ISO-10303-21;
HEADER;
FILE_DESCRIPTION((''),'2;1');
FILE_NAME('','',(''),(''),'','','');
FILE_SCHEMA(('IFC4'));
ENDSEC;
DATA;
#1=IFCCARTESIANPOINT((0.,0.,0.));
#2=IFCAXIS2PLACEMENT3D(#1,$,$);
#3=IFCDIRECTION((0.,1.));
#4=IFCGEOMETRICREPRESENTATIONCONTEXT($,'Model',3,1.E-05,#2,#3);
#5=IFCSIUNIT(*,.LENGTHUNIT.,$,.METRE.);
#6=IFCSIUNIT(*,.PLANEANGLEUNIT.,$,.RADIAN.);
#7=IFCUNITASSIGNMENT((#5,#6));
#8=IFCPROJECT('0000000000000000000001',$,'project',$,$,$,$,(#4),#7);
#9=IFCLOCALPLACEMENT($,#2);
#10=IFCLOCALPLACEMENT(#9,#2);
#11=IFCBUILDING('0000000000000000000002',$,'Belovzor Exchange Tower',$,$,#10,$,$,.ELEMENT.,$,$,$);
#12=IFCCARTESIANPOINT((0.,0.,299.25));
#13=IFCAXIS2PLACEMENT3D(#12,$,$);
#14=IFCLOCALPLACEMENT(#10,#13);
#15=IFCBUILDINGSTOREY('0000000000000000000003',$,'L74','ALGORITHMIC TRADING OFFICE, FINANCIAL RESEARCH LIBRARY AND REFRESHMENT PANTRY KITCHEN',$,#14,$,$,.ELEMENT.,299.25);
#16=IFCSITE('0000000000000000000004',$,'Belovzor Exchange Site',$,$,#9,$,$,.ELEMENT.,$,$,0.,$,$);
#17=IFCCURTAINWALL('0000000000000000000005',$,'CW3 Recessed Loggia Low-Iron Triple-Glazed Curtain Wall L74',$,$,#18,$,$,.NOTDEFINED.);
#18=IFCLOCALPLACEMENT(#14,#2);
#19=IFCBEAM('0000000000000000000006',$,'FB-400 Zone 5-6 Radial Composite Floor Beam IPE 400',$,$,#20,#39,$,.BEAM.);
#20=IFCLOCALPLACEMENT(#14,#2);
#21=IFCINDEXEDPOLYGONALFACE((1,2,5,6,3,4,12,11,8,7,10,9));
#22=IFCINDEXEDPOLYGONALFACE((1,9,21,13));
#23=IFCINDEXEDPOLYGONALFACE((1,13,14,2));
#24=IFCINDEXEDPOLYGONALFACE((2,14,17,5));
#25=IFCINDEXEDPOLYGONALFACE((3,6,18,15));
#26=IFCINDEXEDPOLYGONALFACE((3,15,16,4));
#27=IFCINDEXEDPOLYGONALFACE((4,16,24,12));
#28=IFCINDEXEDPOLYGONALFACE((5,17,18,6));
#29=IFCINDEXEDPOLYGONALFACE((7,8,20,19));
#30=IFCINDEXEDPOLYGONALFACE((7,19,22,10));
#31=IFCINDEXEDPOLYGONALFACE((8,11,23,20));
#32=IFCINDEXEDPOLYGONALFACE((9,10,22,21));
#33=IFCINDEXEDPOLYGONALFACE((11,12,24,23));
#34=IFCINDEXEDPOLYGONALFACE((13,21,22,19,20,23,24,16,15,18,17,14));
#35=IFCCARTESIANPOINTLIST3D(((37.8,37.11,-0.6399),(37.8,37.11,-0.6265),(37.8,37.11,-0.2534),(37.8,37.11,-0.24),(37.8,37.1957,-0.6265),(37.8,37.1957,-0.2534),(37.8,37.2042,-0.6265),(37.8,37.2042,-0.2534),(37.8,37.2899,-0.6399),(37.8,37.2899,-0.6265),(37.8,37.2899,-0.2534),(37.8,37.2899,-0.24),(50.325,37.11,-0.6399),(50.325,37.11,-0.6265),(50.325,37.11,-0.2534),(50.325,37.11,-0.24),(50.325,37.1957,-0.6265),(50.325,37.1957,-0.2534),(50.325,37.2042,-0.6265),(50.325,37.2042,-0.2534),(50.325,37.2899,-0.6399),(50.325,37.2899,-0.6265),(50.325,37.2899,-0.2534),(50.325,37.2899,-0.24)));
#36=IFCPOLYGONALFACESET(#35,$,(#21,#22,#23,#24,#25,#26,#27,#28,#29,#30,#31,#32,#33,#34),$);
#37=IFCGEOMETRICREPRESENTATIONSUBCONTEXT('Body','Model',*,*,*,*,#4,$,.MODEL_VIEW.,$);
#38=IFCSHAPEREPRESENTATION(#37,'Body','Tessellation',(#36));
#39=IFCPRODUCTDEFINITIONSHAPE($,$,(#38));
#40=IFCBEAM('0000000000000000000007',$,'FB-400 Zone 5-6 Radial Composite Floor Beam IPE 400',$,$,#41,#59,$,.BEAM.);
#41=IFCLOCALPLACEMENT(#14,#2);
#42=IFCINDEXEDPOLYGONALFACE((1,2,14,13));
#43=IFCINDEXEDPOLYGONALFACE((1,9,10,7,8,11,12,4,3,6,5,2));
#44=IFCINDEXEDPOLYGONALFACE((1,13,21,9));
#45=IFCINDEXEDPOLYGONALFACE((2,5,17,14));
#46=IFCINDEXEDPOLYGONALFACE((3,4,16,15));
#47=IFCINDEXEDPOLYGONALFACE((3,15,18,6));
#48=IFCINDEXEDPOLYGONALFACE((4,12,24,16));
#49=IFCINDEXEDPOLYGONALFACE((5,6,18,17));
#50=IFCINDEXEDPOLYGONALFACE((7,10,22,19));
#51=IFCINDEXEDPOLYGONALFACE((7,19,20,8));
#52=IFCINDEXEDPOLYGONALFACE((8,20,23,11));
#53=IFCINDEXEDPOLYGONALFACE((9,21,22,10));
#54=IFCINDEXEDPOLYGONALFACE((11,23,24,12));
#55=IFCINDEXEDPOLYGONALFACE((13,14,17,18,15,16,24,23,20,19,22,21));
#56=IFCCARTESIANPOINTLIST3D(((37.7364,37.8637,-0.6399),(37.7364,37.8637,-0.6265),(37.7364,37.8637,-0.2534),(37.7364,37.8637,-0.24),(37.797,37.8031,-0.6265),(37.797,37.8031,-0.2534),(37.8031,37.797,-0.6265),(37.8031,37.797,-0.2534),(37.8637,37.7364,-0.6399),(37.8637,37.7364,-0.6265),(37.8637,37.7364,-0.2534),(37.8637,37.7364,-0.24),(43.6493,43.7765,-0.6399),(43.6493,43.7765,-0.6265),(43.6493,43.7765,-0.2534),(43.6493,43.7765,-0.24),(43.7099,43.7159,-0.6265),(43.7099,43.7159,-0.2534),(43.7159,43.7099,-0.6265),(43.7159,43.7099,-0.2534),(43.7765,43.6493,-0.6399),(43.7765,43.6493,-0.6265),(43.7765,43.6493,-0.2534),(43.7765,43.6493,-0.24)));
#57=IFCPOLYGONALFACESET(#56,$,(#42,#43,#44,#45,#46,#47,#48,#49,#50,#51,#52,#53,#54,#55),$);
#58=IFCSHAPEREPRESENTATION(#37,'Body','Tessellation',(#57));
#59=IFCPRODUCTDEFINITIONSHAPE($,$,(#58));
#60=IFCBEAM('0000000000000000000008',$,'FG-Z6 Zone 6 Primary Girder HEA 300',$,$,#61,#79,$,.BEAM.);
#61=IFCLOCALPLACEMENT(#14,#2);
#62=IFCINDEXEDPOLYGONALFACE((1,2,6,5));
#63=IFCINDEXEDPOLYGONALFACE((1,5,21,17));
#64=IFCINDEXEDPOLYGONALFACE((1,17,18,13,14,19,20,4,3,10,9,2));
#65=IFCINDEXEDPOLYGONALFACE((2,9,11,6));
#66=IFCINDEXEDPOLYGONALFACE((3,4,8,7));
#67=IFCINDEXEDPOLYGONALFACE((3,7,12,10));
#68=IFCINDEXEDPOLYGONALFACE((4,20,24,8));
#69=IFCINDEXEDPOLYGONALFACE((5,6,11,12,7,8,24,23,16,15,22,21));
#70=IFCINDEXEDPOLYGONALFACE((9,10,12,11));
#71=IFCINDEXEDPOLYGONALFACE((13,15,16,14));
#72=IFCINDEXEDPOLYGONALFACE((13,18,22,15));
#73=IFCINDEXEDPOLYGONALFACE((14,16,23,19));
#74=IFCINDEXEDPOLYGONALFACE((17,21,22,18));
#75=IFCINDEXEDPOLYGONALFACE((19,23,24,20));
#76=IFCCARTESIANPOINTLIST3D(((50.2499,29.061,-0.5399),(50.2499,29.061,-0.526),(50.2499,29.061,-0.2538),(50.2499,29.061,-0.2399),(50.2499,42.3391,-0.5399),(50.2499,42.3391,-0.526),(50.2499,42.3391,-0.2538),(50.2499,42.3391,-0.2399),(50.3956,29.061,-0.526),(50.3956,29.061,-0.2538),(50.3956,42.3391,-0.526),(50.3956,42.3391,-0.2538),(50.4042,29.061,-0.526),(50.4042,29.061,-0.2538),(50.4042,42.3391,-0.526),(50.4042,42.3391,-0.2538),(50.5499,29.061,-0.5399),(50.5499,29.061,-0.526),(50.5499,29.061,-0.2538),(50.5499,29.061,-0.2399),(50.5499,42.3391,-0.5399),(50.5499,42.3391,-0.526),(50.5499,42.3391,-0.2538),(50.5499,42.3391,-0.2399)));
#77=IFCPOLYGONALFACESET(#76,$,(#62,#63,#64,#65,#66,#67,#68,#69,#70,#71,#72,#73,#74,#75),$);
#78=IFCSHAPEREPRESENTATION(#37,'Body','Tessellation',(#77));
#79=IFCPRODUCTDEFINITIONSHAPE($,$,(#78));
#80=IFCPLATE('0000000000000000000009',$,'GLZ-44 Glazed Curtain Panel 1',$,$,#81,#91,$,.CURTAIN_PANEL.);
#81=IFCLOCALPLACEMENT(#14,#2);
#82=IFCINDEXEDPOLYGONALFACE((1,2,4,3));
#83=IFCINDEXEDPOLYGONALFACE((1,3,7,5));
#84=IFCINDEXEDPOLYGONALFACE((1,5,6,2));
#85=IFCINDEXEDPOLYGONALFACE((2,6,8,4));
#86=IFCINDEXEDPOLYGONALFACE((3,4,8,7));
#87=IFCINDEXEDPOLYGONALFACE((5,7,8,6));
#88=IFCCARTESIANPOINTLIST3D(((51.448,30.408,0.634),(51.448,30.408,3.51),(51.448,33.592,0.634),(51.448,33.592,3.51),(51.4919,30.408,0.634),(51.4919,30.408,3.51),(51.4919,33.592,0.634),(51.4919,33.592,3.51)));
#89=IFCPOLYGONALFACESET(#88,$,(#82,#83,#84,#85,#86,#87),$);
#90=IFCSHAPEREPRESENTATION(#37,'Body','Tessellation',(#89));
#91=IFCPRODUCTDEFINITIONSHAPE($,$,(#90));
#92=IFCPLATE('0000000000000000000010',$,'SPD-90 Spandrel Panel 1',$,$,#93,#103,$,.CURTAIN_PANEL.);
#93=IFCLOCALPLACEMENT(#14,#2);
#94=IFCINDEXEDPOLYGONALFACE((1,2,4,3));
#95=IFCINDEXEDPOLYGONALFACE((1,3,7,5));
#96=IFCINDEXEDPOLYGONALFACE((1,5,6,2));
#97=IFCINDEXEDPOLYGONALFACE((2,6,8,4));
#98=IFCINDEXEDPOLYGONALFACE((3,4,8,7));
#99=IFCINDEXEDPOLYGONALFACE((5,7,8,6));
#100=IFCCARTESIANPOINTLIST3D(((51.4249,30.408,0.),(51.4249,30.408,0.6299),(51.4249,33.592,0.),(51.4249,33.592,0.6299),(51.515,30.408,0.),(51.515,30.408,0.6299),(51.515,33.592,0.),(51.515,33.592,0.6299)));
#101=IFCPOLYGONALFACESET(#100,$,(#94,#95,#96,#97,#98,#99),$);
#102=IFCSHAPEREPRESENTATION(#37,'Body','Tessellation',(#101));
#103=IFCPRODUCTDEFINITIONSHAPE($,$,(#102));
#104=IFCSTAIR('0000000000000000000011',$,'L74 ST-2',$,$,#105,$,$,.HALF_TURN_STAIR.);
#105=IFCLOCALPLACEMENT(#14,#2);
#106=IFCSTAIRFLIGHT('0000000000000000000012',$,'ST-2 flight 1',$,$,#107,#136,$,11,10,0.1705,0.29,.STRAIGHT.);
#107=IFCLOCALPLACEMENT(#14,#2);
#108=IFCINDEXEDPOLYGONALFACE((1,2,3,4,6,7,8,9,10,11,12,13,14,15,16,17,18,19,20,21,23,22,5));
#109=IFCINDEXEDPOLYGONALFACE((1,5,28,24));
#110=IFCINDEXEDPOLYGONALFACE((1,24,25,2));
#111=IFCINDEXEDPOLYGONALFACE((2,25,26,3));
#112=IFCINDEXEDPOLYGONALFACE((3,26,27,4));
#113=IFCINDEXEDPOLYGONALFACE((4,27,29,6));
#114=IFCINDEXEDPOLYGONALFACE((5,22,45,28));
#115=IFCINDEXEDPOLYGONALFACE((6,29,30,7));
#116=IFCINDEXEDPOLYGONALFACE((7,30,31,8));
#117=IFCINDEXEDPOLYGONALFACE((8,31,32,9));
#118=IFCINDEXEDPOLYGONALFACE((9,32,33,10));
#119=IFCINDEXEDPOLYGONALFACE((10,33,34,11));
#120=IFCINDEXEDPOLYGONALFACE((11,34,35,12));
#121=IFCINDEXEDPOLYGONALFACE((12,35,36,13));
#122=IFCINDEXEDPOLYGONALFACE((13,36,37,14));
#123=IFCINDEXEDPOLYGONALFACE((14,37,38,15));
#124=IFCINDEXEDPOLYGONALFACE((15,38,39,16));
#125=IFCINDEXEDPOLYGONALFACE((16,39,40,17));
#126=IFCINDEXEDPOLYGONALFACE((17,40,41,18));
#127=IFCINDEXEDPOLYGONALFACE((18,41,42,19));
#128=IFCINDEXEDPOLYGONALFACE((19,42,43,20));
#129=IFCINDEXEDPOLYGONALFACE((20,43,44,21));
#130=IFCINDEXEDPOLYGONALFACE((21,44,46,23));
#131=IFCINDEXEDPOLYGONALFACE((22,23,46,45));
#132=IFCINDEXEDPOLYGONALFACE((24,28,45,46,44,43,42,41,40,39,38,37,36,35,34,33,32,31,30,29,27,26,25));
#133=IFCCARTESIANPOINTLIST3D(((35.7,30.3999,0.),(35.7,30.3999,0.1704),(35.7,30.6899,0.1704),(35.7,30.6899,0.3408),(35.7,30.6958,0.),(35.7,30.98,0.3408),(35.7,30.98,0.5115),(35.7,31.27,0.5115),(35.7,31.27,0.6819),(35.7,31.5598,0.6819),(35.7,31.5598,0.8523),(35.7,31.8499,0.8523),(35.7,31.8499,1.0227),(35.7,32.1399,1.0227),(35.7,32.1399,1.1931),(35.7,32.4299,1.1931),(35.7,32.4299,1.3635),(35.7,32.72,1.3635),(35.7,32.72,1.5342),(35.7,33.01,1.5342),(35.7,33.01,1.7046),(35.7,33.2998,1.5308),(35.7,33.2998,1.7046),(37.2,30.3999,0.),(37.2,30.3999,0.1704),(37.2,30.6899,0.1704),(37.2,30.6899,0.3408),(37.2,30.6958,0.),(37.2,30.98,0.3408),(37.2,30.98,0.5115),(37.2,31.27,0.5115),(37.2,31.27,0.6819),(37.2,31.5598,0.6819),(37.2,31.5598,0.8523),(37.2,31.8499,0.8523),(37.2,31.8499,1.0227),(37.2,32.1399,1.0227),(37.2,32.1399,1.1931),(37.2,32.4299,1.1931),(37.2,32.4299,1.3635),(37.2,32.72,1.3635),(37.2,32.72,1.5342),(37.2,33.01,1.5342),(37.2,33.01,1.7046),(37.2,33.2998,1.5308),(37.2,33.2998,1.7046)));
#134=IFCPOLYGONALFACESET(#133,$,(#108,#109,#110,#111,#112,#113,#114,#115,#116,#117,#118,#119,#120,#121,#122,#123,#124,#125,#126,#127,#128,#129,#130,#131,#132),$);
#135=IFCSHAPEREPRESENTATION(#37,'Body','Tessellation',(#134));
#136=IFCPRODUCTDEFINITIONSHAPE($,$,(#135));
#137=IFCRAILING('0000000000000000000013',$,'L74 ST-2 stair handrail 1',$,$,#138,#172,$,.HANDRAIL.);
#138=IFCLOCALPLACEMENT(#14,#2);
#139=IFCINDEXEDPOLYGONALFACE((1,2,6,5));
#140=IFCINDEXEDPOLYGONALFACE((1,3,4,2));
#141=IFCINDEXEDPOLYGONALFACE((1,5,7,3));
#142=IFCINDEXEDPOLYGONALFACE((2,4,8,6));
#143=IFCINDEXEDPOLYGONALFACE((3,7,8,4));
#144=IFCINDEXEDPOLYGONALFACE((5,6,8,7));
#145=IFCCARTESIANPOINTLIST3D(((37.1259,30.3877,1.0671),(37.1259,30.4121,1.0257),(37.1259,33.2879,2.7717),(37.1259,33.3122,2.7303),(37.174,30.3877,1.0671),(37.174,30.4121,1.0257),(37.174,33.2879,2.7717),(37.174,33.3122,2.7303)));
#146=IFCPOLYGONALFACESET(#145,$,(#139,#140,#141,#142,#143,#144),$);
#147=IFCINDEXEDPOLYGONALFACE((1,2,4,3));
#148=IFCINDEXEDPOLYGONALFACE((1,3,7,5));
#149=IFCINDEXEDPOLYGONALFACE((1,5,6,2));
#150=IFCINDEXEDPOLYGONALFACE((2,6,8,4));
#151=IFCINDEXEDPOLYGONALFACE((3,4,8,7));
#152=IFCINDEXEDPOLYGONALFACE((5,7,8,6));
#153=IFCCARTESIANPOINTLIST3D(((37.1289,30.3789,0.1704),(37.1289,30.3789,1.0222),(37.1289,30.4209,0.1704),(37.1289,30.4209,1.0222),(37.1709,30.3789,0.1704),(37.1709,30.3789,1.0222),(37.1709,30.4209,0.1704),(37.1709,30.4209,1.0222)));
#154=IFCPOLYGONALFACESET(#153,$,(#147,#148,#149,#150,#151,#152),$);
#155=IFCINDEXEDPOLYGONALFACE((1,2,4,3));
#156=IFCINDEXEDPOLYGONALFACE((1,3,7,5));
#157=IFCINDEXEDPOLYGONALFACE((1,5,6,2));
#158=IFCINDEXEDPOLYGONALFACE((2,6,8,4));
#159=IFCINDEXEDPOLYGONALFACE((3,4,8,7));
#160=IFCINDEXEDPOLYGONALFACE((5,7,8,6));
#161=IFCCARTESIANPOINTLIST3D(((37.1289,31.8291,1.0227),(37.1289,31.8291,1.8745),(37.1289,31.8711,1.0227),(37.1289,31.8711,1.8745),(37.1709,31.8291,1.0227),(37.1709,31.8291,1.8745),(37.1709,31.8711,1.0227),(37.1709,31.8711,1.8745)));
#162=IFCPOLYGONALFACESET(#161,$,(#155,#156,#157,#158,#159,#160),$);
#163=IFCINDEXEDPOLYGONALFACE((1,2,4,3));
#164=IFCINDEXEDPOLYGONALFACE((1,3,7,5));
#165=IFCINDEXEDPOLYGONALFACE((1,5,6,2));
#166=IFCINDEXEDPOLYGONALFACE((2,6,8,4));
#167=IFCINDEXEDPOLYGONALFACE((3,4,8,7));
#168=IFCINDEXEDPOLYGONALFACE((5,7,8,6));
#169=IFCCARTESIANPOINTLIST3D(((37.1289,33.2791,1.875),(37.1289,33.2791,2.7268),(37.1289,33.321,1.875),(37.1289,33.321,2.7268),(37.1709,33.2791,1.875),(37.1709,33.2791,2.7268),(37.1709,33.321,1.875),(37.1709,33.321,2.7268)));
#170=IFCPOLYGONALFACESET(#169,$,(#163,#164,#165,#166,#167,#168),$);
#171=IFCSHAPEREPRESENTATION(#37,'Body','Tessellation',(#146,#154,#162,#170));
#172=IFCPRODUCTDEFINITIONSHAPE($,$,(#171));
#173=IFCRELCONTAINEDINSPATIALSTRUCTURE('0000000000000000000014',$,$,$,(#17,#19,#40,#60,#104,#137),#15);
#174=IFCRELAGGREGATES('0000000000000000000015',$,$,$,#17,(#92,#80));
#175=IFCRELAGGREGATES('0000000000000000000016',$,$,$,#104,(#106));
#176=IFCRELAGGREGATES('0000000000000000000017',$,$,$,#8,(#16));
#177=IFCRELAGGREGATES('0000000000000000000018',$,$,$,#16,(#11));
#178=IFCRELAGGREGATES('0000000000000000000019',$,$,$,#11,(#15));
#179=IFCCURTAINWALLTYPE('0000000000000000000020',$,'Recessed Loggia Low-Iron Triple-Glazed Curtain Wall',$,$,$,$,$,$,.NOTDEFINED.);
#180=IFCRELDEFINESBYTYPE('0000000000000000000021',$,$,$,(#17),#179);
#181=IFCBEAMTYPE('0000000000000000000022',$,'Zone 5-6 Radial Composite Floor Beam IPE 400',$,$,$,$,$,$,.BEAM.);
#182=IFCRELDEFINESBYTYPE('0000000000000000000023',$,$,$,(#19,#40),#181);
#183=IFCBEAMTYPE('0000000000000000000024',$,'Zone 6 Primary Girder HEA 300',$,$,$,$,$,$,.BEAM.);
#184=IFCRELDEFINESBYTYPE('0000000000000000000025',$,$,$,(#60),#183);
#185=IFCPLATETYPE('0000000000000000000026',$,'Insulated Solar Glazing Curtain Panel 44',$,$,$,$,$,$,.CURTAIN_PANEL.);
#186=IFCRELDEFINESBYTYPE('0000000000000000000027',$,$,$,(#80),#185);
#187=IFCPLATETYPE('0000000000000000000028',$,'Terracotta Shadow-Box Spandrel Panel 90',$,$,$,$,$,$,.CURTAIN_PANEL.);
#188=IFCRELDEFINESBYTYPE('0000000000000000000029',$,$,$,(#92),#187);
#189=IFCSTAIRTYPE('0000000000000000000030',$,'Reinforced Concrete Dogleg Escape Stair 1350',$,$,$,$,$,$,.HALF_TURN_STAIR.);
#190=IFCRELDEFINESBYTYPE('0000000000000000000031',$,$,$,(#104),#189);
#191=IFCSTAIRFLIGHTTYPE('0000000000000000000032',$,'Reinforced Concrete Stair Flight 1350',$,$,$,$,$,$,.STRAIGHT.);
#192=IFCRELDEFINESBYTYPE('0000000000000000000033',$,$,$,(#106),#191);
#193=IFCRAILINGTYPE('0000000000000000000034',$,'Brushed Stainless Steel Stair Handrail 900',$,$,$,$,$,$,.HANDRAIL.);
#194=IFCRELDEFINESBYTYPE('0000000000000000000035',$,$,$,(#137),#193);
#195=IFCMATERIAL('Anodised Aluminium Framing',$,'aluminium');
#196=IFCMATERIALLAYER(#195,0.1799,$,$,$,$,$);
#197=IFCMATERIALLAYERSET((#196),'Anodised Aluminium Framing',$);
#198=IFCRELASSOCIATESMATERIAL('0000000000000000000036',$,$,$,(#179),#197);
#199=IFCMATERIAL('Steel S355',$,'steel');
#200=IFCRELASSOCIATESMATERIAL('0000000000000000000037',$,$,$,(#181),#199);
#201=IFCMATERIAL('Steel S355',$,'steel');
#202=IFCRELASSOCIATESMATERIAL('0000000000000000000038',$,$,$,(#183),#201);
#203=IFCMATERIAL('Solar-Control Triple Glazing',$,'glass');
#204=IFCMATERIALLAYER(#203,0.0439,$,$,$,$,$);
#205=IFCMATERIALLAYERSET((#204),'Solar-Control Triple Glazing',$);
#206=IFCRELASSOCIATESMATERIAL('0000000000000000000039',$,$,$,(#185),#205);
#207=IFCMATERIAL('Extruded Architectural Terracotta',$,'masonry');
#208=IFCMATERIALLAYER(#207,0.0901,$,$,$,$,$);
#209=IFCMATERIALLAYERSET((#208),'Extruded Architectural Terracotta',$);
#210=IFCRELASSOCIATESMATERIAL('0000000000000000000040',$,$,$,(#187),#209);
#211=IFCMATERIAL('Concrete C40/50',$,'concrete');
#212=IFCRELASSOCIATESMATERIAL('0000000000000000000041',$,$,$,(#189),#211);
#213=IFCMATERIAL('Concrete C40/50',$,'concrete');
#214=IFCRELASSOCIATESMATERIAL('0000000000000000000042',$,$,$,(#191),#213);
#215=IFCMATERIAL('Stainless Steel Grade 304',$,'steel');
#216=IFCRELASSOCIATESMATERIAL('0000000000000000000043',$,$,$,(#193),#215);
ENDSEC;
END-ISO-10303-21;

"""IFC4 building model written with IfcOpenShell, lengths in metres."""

from ifc_helpers import new_model, si_unit, direction, frame, origin, origin_2d, place, context, subcontext, project, spatial, polyline, rectangle, i_section, outline, extrude, material, layer, layer_set, material_profile, profile_set, type_object, element, aggregate, save


model = new_model("IFC4")

# Units and contexts
model_context = context("Model", 3, precision=1e-05, world=origin(), true_north=direction((0.0, 1.0)))
body_context = subcontext(model_context, "Body", "Model", "MODEL_VIEW")
ifc_project = project(units=[si_unit("LENGTHUNIT", "METRE"), si_unit("PLANEANGLEUNIT", "RADIAN")], contexts=[model_context])

# Site, building, storey
site_placement = place(None, origin())
site = spatial("IfcSite", under=ifc_project, at=site_placement, Name="Belovzor Exchange Site", CompositionType="ELEMENT", RefElevation=0.0)
building_placement = place(site_placement, origin())
building = spatial("IfcBuilding", under=site, at=building_placement, Name="Belovzor Exchange Tower", CompositionType="ELEMENT")
storey_placement = place(building_placement, frame((0.0, 0.0, 299.25)))
storey = spatial("IfcBuildingStorey", under=building, at=storey_placement, Name="L74", Description="ALGORITHMIC TRADING OFFICE, FINANCIAL RESEARCH LIBRARY AND REFRESHMENT PANTRY KITCHEN", CompositionType="ELEMENT", Elevation=299.25)

# Curtain wall
ifc_material_1 = material(Name="Anodised Aluminium Framing", Category="aluminium")
ifc_layer_1 = layer(ifc_material_1, 0.1799)
ifc_layer_set_1 = layer_set([ifc_layer_1], Name="Anodised Aluminium Framing")
curtain_wall_type = type_object("IfcCurtainWallType", Name="Recessed Loggia Low-Iron Triple-Glazed Curtain Wall", PredefinedType="NOTDEFINED", material=ifc_layer_set_1)
curtain_wall_placement = place(storey_placement, origin())
curtain_wall = element("IfcCurtainWall", 1, at=curtain_wall_placement, inside=storey, type_object=curtain_wall_type, Name="CW3 Recessed Loggia Low-Iron Triple-Glazed Curtain Wall L74", PredefinedType="NOTDEFINED")

# Beams
ifc_material_2 = material(Name="Steel S355", Category="steel")
ifc_material_profile_1 = material_profile(ifc_material_2, i_section(OverallWidth=0.1799, OverallDepth=0.3999, WebThickness=0.0085, FlangeThickness=0.0134, at=origin_2d()))
ifc_profile_set_1 = profile_set([ifc_material_profile_1], Name="Steel S355")
beam_type_1 = type_object("IfcBeamType", Name="Zone 5-6 Radial Composite Floor Beam IPE 400", PredefinedType="BEAM", material=ifc_profile_set_1)
for number, where, z_axis, x_axis, name in (
    (2, (37.8, 37.2, -0.4399), (1.0, 0.0, 0.0), (0.0, 1.0, 0.0), "FB-400 Zone 5-6 Radial Composite Floor Beam IPE 400"),
):
    element("IfcBeam", number, at=place(storey_placement, frame(where, z_axis=z_axis, x_axis=x_axis)), inside=storey, type_object=beam_type_1, Name=name, PredefinedType="BEAM", context=body_context, shape_type="SweptSolid", body=[
        extrude(i_section(OverallWidth=0.1799, OverallDepth=0.3999, WebThickness=0.0085, FlangeThickness=0.0134, at=origin_2d()), origin(), (0.0, 0.0, 1.0), 12.5249),
    ])
beam_1_placement = place(storey_placement, frame((37.8, 37.8, -0.4399), z_axis=(0.707107, 0.707107, 0.0), x_axis=(-0.707107, 0.707107, 0.0)))
element("IfcBeam", 3, at=beam_1_placement, inside=storey, type_object=beam_type_1, Name="FB-400 Zone 5-6 Radial Composite Floor Beam IPE 400", PredefinedType="BEAM", context=body_context, shape_type="SweptSolid", body=[
    extrude(i_section(OverallWidth=0.1799, OverallDepth=0.3999, WebThickness=0.0085, FlangeThickness=0.0134, at=origin_2d()), origin(), (0.0, 0.0, 1.0), 8.3621),
])
ifc_material_3 = material(Name="Steel S355", Category="steel")
ifc_material_profile_2 = material_profile(ifc_material_3, i_section(OverallWidth=0.3, OverallDepth=0.3, WebThickness=0.0085, FlangeThickness=0.0139, at=origin_2d()))
ifc_profile_set_2 = profile_set([ifc_material_profile_2], Name="Steel S355")
beam_type_2 = type_object("IfcBeamType", Name="Zone 6 Primary Girder HEA 300", PredefinedType="BEAM", material=ifc_profile_set_2)
beam_2_placement = place(storey_placement, frame((50.3999, 29.061, -0.3899), z_axis=(0.0, 1.0, 0.0), x_axis=(-1.0, 0.0, 0.0)))
element("IfcBeam", 4, at=beam_2_placement, inside=storey, type_object=beam_type_2, Name="FG-Z6 Zone 6 Primary Girder HEA 300", PredefinedType="BEAM", context=body_context, shape_type="SweptSolid", body=[
    extrude(i_section(OverallWidth=0.3, OverallDepth=0.3, WebThickness=0.0085, FlangeThickness=0.0139, at=origin_2d()), origin(), (0.0, 0.0, 1.0), 13.2781),
])

# Plates
ifc_material_4 = material(Name="Solar-Control Triple Glazing", Category="glass")
ifc_layer_2 = layer(ifc_material_4, 0.0439)
ifc_layer_set_2 = layer_set([ifc_layer_2], Name="Solar-Control Triple Glazing")
plate_type_1 = type_object("IfcPlateType", Name="Insulated Solar Glazing Curtain Panel 44", PredefinedType="CURTAIN_PANEL", material=ifc_layer_set_2)
plate_1_placement = place(storey_placement, frame((51.47, 32.0, 0.634), z_axis=(0.0, 0.0, 1.0), x_axis=(0.0, -1.0, 0.0)))
plate_1 = element("IfcPlate", 5, at=plate_1_placement, type_object=plate_type_1, Name="GLZ-44 Glazed Curtain Panel 1", PredefinedType="CURTAIN_PANEL", context=body_context, shape_type="SweptSolid", body=[
    extrude(rectangle(XDim=3.1841, YDim=0.0439, at=origin_2d()), origin(), (0.0, 0.0, 1.0), 2.876),
])
ifc_material_5 = material(Name="Extruded Architectural Terracotta", Category="masonry")
ifc_layer_3 = layer(ifc_material_5, 0.0901)
ifc_layer_set_3 = layer_set([ifc_layer_3], Name="Extruded Architectural Terracotta")
plate_type_2 = type_object("IfcPlateType", Name="Terracotta Shadow-Box Spandrel Panel 90", PredefinedType="CURTAIN_PANEL", material=ifc_layer_set_3)
plate_2_placement = place(storey_placement, frame((51.47, 32.0, 0.0), z_axis=(0.0, 0.0, 1.0), x_axis=(0.0, -1.0, 0.0)))
plate_2 = element("IfcPlate", 6, at=plate_2_placement, type_object=plate_type_2, Name="SPD-90 Spandrel Panel 1", PredefinedType="CURTAIN_PANEL", context=body_context, shape_type="SweptSolid", body=[
    extrude(rectangle(XDim=3.1841, YDim=0.0901, at=origin_2d()), origin(), (0.0, 0.0, 1.0), 0.6299),
])
aggregate(curtain_wall, [plate_2, plate_1])

# Stair, stair flight
ifc_material_6 = material(Name="Concrete C40/50", Category="concrete")
stair_type = type_object("IfcStairType", Name="Reinforced Concrete Dogleg Escape Stair 1350", PredefinedType="HALF_TURN_STAIR", material=ifc_material_6)
stair_placement = place(storey_placement, origin())
stair = element("IfcStair", 7, at=stair_placement, inside=storey, type_object=stair_type, Name="L74 ST-2", PredefinedType="HALF_TURN_STAIR")
ifc_material_7 = material(Name="Concrete C40/50", Category="concrete")
stair_flight_type = type_object("IfcStairFlightType", Name="Reinforced Concrete Stair Flight 1350", PredefinedType="STRAIGHT", material=ifc_material_7)
stair_flight_placement = place(storey_placement, frame((36.45, 30.3999, 0.0), z_axis=(0.0, 0.0, 1.0), x_axis=(0.0, 1.0, 0.0)))
stair_flight = element("IfcStairFlight", 8, at=stair_flight_placement, type_object=stair_flight_type, Name="ST-2 flight 1", NumberOfRisers=11, NumberOfTreads=10, PredefinedType="STRAIGHT", RiserHeight=0.1705, TreadLength=0.29, context=body_context, shape_type="SweptSolid", body=[
    extrude(outline(polyline([(0.0, 0.0), (0.0, 0.1704), (0.29, 0.1704), (0.29, 0.3408), (0.5801, 0.3408), (0.5801, 0.5115), (0.8701, 0.5115), (0.8701, 0.6819), (1.1599, 0.6819), (1.1599, 0.8523), (1.45, 0.8523), (1.45, 1.0227), (1.74, 1.0227), (1.74, 1.1931), (2.03, 1.1931), (2.03, 1.3635), (2.3201, 1.3635), (2.3201, 1.5342), (2.6101, 1.5342), (2.6101, 1.7046), (2.8999, 1.7046), (2.8999, 1.875), (2.8999, 1.5308), (0.2959, 0.0), (0.0, 0.0)])), frame((0.0, 0.75, 0.0), z_axis=(0.0, -1.0, 0.0), x_axis=(1.0, 0.0, 0.0)), (0.0, 0.0, 1.0), 1.5),
])
aggregate(stair, [stair_flight])

# Railing
ifc_material_8 = material(Name="Stainless Steel Grade 304", Category="steel")
railing_type_1 = type_object("IfcRailingType", Name="Brushed Stainless Steel Stair Handrail 900", PredefinedType="HANDRAIL", material=ifc_material_8)
railing_1_placement = place(storey_placement, frame((37.1499, 30.3999, 0.1704)))
element("IfcRailing", 9, at=railing_1_placement, inside=storey, type_object=railing_type_1, Name="L74 ST-2 stair handrail 1", PredefinedType="HANDRAIL", context=body_context, shape_type="SweptSolid", body=[
    extrude(rectangle(XDim=0.0481, YDim=0.0481, at=origin_2d()), frame((0.0, 0.0, 0.876), z_axis=(0.0, 0.862113, 0.506716), x_axis=(-1.0, 0.0, 0.0)), (0.0, 0.0, 1.0), 3.364),
    extrude(rectangle(XDim=0.042, YDim=0.042, at=origin_2d()), origin(), (0.0, 0.0, 1.0), 0.8518),
    extrude(rectangle(XDim=0.042, YDim=0.042, at=origin_2d()), frame((0.0, 1.4502, 0.8523)), (0.0, 0.0, 1.0), 0.8518),
    extrude(rectangle(XDim=0.042, YDim=0.042, at=origin_2d()), frame((0.0, 2.9001, 1.7046)), (0.0, 0.0, 1.0), 0.8518),
])

save(model, "model.ifc")
